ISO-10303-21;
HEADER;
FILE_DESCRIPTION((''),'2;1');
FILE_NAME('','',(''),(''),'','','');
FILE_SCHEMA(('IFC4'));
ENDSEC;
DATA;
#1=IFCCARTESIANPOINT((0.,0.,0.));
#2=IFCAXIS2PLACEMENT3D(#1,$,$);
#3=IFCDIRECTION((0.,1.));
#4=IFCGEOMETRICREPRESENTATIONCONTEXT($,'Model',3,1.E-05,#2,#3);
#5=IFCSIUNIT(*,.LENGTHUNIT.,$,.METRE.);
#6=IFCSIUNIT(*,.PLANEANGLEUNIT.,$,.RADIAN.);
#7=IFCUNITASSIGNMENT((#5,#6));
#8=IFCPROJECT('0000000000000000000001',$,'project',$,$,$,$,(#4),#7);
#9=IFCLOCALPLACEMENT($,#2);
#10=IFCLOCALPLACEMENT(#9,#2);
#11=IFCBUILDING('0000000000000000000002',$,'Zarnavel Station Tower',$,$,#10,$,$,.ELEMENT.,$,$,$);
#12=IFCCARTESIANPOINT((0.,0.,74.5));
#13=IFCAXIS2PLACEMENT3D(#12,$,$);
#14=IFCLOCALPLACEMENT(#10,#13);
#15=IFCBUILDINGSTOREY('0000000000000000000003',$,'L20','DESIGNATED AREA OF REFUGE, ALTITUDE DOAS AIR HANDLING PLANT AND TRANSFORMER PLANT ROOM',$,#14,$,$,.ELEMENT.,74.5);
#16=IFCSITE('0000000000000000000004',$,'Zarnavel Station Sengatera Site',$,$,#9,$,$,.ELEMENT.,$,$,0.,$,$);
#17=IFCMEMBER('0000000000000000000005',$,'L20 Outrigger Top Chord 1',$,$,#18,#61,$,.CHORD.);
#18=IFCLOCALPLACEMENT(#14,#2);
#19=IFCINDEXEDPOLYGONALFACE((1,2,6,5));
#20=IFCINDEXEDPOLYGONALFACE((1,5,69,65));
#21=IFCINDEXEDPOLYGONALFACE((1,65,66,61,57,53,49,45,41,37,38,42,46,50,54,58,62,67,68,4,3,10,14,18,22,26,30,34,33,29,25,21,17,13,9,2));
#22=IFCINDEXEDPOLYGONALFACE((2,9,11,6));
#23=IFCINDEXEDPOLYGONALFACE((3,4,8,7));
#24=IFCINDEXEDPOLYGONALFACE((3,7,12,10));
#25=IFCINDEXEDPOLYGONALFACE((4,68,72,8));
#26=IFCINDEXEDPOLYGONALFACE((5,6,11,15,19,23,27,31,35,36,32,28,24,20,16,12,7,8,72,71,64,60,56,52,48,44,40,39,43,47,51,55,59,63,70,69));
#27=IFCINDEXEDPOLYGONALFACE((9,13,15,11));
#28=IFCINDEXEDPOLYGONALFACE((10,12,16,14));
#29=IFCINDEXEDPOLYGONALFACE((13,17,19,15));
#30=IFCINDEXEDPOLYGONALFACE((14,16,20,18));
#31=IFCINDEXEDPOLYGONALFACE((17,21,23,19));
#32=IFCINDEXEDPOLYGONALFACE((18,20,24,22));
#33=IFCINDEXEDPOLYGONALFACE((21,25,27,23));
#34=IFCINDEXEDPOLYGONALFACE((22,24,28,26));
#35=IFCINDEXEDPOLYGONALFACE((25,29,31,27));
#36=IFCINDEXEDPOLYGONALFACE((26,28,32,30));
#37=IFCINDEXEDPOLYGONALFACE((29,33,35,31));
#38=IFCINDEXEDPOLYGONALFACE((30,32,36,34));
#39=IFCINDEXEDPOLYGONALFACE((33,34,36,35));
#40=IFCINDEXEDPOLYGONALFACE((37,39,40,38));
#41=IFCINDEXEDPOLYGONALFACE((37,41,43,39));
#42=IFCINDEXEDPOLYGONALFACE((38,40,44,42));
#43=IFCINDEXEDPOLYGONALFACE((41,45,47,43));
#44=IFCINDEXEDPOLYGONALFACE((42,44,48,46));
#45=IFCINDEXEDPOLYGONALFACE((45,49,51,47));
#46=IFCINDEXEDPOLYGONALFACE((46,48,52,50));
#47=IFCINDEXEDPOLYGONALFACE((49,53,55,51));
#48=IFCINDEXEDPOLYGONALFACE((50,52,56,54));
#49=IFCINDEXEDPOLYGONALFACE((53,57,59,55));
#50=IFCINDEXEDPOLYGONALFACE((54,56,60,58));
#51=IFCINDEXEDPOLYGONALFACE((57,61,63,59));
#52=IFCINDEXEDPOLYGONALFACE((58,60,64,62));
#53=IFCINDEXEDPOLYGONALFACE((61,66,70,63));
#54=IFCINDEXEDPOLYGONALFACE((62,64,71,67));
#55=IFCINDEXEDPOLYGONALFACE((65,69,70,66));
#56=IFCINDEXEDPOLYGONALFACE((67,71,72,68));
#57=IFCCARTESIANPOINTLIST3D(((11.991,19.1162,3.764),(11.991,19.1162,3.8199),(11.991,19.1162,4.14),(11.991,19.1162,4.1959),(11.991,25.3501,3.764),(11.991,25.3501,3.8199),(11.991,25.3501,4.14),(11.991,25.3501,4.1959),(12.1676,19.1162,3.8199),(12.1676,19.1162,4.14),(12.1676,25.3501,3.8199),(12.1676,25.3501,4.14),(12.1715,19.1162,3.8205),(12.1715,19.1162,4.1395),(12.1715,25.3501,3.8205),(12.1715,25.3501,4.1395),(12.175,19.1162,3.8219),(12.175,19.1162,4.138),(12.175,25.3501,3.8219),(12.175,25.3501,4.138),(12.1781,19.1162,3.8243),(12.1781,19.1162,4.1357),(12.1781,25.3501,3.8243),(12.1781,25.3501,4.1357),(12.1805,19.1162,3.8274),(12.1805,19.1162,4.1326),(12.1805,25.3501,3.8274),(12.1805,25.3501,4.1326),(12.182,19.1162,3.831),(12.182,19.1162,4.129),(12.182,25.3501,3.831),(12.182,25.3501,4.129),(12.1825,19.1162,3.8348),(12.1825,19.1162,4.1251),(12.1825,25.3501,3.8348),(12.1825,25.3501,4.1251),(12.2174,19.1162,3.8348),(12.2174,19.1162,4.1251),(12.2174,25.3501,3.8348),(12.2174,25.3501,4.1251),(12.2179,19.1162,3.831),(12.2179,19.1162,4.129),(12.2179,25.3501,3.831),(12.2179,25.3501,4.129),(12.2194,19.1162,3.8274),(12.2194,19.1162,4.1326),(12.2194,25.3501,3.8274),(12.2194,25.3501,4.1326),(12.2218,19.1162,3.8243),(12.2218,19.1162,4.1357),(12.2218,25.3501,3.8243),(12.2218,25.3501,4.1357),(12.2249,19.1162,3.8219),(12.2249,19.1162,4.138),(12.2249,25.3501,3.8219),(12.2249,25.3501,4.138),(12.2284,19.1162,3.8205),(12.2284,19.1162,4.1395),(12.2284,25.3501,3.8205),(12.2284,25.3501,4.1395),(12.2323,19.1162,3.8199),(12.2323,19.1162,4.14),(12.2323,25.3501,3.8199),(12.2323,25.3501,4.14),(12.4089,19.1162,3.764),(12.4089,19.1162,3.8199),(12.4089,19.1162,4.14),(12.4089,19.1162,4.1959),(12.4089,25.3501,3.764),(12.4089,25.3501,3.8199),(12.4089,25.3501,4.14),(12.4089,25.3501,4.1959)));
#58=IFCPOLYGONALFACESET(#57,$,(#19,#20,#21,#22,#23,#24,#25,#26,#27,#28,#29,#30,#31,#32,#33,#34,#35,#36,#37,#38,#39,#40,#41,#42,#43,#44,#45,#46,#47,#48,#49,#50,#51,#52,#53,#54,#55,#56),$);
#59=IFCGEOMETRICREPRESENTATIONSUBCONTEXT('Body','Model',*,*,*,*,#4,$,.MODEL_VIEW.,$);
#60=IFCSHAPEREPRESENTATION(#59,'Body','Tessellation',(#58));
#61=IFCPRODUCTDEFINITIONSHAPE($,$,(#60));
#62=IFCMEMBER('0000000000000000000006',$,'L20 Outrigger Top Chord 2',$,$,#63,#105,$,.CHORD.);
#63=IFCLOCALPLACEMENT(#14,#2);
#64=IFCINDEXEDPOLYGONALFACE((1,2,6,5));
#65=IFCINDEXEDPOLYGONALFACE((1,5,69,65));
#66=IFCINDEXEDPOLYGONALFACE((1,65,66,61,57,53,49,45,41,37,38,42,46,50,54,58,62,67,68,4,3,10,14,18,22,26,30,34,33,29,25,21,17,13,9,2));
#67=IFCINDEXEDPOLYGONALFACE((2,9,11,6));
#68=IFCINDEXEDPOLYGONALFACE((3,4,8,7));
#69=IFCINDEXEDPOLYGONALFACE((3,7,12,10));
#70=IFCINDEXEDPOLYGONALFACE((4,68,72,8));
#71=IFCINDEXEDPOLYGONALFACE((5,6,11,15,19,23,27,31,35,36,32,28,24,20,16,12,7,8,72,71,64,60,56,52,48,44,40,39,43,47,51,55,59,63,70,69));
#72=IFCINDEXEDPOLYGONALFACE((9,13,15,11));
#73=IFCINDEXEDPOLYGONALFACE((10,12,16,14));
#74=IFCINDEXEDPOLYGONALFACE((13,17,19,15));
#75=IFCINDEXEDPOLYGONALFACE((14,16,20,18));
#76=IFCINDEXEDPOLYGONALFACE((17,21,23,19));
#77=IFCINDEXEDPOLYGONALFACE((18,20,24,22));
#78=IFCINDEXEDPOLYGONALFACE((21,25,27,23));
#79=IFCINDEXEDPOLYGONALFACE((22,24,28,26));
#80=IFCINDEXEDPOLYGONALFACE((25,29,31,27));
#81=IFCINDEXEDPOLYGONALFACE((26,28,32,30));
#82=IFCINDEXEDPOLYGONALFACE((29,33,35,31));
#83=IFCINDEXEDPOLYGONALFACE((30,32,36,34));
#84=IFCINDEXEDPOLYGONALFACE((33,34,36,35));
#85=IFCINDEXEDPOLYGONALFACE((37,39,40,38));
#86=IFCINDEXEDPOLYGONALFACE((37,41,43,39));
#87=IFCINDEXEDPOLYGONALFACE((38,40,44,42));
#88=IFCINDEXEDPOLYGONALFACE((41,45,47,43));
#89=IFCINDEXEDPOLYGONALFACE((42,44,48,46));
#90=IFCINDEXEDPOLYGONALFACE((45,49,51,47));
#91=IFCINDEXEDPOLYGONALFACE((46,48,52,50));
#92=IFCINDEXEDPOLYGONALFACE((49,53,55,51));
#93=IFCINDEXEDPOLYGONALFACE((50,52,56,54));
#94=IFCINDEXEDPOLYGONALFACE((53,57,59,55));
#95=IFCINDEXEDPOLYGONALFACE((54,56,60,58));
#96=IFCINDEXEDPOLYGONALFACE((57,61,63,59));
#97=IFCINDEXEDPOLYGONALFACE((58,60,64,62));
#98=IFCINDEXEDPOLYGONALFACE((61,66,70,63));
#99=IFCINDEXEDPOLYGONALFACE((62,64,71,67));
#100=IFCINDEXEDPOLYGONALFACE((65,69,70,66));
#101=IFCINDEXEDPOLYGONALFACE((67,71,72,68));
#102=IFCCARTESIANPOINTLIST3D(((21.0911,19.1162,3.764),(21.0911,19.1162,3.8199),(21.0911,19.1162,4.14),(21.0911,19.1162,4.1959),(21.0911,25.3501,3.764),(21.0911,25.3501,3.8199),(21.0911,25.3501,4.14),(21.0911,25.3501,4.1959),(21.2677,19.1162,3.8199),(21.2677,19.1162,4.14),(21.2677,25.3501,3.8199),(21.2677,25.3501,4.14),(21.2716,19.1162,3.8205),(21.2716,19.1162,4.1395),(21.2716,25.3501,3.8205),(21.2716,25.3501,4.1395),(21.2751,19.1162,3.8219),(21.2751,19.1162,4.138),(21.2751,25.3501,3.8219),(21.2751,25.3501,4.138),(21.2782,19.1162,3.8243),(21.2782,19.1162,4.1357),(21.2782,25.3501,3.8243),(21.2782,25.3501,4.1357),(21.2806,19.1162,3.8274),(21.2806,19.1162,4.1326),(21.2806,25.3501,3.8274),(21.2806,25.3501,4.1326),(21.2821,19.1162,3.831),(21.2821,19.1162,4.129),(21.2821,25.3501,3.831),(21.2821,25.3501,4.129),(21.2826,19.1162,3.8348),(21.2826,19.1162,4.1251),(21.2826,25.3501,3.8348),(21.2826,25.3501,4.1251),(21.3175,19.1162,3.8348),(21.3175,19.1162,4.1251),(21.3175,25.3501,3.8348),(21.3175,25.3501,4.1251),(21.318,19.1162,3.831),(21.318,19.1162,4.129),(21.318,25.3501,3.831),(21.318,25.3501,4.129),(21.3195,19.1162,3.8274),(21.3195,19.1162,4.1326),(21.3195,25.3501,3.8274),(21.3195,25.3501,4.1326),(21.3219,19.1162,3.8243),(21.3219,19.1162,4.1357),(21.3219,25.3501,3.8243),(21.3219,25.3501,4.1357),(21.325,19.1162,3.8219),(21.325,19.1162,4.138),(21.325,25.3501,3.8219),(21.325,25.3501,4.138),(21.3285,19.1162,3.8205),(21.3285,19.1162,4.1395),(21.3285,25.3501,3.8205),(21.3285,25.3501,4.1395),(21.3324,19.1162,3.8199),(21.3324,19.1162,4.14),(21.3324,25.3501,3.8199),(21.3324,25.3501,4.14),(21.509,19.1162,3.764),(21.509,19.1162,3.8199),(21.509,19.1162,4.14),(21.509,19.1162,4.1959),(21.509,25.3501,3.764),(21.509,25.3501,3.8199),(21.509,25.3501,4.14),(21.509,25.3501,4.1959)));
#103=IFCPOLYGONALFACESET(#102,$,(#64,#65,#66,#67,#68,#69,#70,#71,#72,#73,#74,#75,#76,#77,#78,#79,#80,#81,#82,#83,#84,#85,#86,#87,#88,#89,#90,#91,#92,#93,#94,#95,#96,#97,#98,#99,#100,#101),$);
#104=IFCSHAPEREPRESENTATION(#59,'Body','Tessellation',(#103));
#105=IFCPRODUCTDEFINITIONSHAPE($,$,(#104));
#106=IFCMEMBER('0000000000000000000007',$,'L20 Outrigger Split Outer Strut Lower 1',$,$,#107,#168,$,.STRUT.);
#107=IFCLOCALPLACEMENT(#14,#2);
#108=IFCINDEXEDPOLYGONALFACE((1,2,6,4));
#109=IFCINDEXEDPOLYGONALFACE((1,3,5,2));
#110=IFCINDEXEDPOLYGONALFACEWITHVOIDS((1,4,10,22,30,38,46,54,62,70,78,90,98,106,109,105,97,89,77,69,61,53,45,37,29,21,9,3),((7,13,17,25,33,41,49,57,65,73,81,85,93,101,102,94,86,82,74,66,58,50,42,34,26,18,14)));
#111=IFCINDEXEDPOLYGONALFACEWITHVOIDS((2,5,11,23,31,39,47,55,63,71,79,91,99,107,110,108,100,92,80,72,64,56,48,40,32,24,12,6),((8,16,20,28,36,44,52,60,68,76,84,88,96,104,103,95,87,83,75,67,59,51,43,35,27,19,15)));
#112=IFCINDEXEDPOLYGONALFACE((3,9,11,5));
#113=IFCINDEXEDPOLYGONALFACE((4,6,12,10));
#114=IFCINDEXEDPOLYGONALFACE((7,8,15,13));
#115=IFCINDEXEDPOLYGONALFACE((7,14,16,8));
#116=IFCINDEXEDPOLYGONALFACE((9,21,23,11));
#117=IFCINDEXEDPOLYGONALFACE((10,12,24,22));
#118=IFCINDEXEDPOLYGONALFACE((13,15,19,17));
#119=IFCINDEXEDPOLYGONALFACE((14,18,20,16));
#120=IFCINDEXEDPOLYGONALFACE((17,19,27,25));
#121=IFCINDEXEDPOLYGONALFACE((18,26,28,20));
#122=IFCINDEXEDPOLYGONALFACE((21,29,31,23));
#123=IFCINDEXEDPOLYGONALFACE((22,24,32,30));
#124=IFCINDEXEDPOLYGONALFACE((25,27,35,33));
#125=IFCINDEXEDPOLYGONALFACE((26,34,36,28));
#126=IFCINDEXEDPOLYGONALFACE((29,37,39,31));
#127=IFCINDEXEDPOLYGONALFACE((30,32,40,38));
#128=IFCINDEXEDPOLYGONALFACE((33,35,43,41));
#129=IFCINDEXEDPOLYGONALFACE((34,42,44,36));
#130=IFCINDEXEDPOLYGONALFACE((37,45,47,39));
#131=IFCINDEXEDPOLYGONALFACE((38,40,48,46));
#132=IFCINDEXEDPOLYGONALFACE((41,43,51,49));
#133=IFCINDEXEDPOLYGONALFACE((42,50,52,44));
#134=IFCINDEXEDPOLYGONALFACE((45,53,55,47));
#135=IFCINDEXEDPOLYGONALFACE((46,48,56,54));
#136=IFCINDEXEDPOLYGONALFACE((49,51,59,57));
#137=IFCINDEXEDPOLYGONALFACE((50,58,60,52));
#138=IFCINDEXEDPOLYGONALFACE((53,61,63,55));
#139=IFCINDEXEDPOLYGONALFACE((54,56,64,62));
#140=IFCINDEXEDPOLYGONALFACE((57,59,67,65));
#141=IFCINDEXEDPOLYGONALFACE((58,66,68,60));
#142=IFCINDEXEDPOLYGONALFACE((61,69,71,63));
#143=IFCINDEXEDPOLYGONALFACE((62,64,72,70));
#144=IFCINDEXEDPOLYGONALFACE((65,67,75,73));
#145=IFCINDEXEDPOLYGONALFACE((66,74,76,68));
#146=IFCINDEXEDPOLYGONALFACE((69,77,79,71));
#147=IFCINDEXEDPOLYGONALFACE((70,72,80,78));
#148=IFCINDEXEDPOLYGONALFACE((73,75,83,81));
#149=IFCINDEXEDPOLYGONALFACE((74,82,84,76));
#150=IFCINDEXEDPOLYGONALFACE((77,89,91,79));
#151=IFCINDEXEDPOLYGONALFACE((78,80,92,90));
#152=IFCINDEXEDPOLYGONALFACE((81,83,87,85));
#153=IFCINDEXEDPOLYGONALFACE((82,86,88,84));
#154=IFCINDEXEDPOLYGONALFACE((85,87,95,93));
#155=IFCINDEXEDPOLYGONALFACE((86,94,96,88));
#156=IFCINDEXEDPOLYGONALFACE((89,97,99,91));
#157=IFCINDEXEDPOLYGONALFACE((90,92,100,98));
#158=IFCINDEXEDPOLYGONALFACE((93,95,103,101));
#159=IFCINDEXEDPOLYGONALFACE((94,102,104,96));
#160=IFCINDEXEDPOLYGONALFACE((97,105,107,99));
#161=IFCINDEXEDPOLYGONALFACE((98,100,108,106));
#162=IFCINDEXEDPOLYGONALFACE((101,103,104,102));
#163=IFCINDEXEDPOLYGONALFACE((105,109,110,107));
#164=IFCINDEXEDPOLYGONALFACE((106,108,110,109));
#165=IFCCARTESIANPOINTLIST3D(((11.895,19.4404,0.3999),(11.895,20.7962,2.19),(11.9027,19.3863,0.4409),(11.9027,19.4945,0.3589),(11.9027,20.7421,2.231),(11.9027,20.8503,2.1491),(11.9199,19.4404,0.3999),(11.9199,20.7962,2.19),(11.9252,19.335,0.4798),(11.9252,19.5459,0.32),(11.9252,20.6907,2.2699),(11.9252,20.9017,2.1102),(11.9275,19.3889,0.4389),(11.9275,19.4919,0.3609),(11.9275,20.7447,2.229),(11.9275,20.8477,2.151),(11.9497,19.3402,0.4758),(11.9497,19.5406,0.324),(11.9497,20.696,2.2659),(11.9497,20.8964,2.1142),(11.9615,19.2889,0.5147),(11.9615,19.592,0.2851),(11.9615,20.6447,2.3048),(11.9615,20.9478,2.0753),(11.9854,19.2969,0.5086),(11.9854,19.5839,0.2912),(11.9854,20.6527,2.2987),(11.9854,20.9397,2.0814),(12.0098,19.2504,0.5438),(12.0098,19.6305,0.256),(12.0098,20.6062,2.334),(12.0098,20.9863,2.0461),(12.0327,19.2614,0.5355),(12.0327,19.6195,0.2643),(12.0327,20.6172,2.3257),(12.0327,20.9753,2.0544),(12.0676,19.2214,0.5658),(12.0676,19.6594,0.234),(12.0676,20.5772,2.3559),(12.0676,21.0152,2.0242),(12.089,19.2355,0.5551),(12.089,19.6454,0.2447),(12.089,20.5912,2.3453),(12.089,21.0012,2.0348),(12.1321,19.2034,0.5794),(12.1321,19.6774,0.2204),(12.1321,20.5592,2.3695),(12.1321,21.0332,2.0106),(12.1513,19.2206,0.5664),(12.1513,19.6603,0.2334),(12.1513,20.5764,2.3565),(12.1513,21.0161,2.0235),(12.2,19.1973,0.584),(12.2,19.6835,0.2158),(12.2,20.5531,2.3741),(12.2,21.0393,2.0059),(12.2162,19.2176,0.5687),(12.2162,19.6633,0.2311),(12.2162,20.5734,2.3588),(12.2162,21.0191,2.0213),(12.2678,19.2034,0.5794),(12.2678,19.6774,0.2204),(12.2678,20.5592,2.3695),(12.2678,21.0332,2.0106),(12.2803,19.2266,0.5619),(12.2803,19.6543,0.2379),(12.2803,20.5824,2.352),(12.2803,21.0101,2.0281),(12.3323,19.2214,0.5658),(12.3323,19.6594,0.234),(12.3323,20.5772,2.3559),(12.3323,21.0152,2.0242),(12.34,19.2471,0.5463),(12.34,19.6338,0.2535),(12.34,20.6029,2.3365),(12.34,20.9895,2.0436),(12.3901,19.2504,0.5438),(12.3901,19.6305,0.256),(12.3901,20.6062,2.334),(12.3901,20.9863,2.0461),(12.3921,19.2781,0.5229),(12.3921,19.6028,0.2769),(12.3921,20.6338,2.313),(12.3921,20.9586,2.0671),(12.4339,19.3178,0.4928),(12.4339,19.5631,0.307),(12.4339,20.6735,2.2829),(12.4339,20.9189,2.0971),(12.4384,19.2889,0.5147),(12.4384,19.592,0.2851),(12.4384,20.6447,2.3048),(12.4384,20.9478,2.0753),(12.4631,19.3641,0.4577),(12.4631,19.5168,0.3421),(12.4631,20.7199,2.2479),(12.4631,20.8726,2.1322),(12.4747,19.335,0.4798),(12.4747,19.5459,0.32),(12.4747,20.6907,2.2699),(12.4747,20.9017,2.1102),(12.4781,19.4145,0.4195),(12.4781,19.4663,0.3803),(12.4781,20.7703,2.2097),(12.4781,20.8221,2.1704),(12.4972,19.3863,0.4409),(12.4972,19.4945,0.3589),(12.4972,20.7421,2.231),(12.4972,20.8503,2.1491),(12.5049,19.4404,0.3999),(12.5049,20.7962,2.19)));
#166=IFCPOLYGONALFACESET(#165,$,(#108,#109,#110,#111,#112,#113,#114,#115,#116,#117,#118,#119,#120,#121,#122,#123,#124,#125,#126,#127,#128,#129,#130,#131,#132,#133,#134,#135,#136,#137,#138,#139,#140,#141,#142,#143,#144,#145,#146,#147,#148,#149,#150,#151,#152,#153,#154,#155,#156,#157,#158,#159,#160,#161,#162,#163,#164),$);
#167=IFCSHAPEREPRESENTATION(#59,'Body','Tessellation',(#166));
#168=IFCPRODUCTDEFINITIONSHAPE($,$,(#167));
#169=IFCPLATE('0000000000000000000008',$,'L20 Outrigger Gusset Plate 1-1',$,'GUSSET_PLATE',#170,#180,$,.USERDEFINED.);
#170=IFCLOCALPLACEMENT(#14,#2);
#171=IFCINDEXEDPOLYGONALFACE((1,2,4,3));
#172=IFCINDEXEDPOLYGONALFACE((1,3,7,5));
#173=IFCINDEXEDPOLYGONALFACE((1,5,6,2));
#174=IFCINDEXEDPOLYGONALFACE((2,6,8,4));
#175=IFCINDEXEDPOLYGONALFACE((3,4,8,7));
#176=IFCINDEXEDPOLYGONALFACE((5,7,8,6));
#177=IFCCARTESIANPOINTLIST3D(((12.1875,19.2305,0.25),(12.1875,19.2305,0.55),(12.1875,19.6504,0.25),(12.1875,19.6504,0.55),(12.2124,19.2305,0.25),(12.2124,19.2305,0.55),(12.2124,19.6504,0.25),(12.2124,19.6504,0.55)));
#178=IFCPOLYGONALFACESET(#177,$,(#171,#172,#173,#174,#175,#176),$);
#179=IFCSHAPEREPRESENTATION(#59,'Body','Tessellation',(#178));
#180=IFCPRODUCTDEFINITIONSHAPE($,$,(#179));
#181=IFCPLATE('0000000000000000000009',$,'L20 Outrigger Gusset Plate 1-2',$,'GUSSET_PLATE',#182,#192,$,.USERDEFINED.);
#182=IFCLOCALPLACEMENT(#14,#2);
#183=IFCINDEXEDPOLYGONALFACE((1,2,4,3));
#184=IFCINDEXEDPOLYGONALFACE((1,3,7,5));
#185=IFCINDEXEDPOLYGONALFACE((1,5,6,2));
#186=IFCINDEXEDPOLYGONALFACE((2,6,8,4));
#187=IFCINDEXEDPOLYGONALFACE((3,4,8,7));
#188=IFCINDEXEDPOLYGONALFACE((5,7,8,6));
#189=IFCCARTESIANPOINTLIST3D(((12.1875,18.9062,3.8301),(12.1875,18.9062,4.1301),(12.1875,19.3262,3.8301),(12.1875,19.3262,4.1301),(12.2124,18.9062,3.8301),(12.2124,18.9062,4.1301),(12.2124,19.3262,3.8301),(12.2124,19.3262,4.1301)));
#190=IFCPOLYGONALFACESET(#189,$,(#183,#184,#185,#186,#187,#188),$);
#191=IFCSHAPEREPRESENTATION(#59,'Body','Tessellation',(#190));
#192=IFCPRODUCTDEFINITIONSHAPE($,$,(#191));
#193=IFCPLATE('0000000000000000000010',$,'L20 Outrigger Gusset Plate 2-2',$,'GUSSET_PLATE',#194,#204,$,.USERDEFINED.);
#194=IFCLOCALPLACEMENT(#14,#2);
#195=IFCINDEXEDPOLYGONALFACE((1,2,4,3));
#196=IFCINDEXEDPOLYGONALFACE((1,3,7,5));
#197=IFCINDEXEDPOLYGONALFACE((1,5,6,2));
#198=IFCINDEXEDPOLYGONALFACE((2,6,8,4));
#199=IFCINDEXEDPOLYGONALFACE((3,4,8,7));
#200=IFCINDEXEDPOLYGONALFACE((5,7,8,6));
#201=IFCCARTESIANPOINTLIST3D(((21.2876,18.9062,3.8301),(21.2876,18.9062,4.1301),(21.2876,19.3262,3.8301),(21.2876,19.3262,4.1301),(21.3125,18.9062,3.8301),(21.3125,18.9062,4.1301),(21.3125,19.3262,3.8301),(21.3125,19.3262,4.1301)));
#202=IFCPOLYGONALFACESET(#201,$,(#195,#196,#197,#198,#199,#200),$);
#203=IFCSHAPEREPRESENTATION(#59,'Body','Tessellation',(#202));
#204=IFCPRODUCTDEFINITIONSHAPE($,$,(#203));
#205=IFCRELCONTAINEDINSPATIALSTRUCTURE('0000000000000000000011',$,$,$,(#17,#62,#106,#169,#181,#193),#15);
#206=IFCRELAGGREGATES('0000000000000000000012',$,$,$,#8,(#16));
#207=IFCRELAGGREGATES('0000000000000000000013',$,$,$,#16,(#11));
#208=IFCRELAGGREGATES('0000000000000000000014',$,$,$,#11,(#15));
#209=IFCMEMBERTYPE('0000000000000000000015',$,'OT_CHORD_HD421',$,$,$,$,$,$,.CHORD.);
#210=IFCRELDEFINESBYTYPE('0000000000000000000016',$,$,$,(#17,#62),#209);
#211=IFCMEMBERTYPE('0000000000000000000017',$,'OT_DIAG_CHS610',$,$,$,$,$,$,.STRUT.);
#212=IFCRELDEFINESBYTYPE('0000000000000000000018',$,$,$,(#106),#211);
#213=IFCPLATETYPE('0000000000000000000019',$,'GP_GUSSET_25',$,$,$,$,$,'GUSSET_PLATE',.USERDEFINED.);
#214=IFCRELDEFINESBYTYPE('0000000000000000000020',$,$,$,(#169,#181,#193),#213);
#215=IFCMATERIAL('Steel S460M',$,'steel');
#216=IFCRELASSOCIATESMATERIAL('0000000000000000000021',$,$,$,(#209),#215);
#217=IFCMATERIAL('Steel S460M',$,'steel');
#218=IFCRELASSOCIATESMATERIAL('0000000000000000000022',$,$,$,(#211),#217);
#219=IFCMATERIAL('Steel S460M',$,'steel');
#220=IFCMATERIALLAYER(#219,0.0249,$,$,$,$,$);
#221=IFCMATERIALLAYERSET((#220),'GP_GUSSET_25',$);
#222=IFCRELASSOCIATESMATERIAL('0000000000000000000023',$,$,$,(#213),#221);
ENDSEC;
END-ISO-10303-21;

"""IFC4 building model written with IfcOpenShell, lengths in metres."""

from ifc_helpers import new_model, si_unit, direction, frame, origin, origin_2d, place, context, subcontext, project, spatial, rectangle, hollow_circle, i_section, extrude, material, layer, layer_set, material_profile, profile_set, type_object, element, save


model = new_model("IFC4")

# Units and contexts
model_context = context("Model", 3, precision=1e-05, world=origin(), true_north=direction((0.0, 1.0)))
body_context = subcontext(model_context, "Body", "Model", "MODEL_VIEW")
ifc_project = project(units=[si_unit("LENGTHUNIT", "METRE"), si_unit("PLANEANGLEUNIT", "RADIAN")], contexts=[model_context])

# Site, building, storey
site_placement = place(None, origin())
site = spatial("IfcSite", under=ifc_project, at=site_placement, Name="Zarnavel Station Sengatera Site", CompositionType="ELEMENT", RefElevation=0.0)
building_placement = place(site_placement, origin())
building = spatial("IfcBuilding", under=site, at=building_placement, Name="Zarnavel Station Tower", CompositionType="ELEMENT")
storey_placement = place(building_placement, frame((0.0, 0.0, 74.5)))
storey = spatial("IfcBuildingStorey", under=building, at=storey_placement, Name="L20", Description="DESIGNATED AREA OF REFUGE, ALTITUDE DOAS AIR HANDLING PLANT AND TRANSFORMER PLANT ROOM", CompositionType="ELEMENT", Elevation=74.5)

# Members
ifc_material_1 = material(Name="Steel S460M", Category="steel")
ifc_material_profile_1 = material_profile(ifc_material_1, i_section(OverallWidth=0.418, OverallDepth=0.4319, WebThickness=0.0349, FlangeThickness=0.0559, FilletRadius=0.0149, at=origin_2d()), Name="HD400x421")
ifc_profile_set_1 = profile_set([ifc_material_profile_1], Name="Steel S460M")
member_type_1 = type_object("IfcMemberType", Name="OT_CHORD_HD421", PredefinedType="CHORD", material=ifc_profile_set_1)
for number, where, z_axis, x_axis, name in (
    (1, (12.2, 19.1162, 3.98), (0.0, 1.0, 0.0), (-1.0, 0.0, 0.0), "L20 Outrigger Top Chord 1"),
    (2, (21.3, 19.1162, 3.98), (0.0, 1.0, 0.0), (-1.0, 0.0, 0.0), "L20 Outrigger Top Chord 2"),
):
    element("IfcMember", number, at=place(storey_placement, frame(where, z_axis=z_axis, x_axis=x_axis)), inside=storey, type_object=member_type_1, Name=name, PredefinedType="CHORD", context=body_context, shape_type="SweptSolid", body=[
        extrude(i_section(OverallWidth=0.418, OverallDepth=0.4319, WebThickness=0.0349, FlangeThickness=0.0559, FilletRadius=0.0149, at=origin_2d()), origin(), (0.0, 0.0, 1.0), 6.2339),
    ])
ifc_material_2 = material(Name="Steel S460M", Category="steel")
ifc_material_profile_2 = material_profile(ifc_material_2, hollow_circle(Radius=0.3049, WallThickness=0.0249, at=origin_2d()), Name="CHS610x25")
ifc_profile_set_2 = profile_set([ifc_material_profile_2], Name="Steel S460M")
member_type_2 = type_object("IfcMemberType", Name="OT_DIAG_CHS610", PredefinedType="STRUT", material=ifc_profile_set_2)
member_1_placement = place(storey_placement, frame((12.2, 19.4404, 0.3999), z_axis=(0.0, 0.603751, 0.797173), x_axis=(-1.0, 0.0, 0.0)))
element("IfcMember", 3, at=member_1_placement, inside=storey, type_object=member_type_2, Name="L20 Outrigger Split Outer Strut Lower 1", PredefinedType="STRUT", context=body_context, shape_type="SweptSolid", body=[
    extrude(hollow_circle(Radius=0.3049, WallThickness=0.0249, at=origin_2d()), origin(), (0.0, 0.0, 1.0), 2.2456),
])

# Plates
ifc_material_3 = material(Name="Steel S460M", Category="steel")
ifc_layer_1 = layer(ifc_material_3, 0.0249)
ifc_layer_set_1 = layer_set([ifc_layer_1], Name="GP_GUSSET_25")
plate_type = type_object("IfcPlateType", Name="GP_GUSSET_25", ElementType="GUSSET_PLATE", PredefinedType="USERDEFINED", material=ifc_layer_set_1)
for number, where, z_axis, x_axis, name in (
    (4, (12.2, 19.4404, 0.25), (0.0, 0.0, 1.0), (1.0, 0.0, 0.0), "L20 Outrigger Gusset Plate 1-1"),
    (5, (12.2, 19.1162, 3.8301), (0.0, 0.0, 1.0), (1.0, 0.0, 0.0), "L20 Outrigger Gusset Plate 1-2"),
    (6, (21.3, 19.1162, 3.8301), (0.0, 0.0, 1.0), (1.0, 0.0, 0.0), "L20 Outrigger Gusset Plate 2-2"),
):
    element("IfcPlate", number, at=place(storey_placement, frame(where, z_axis=z_axis, x_axis=x_axis)), inside=storey, type_object=plate_type, Name=name, ObjectType="GUSSET_PLATE", PredefinedType="USERDEFINED", context=body_context, shape_type="SweptSolid", body=[
        extrude(rectangle(XDim=0.0249, YDim=0.4199, at=origin_2d()), origin(), (0.0, 0.0, 1.0), 0.3),
    ])

save(model, "model.ifc")
